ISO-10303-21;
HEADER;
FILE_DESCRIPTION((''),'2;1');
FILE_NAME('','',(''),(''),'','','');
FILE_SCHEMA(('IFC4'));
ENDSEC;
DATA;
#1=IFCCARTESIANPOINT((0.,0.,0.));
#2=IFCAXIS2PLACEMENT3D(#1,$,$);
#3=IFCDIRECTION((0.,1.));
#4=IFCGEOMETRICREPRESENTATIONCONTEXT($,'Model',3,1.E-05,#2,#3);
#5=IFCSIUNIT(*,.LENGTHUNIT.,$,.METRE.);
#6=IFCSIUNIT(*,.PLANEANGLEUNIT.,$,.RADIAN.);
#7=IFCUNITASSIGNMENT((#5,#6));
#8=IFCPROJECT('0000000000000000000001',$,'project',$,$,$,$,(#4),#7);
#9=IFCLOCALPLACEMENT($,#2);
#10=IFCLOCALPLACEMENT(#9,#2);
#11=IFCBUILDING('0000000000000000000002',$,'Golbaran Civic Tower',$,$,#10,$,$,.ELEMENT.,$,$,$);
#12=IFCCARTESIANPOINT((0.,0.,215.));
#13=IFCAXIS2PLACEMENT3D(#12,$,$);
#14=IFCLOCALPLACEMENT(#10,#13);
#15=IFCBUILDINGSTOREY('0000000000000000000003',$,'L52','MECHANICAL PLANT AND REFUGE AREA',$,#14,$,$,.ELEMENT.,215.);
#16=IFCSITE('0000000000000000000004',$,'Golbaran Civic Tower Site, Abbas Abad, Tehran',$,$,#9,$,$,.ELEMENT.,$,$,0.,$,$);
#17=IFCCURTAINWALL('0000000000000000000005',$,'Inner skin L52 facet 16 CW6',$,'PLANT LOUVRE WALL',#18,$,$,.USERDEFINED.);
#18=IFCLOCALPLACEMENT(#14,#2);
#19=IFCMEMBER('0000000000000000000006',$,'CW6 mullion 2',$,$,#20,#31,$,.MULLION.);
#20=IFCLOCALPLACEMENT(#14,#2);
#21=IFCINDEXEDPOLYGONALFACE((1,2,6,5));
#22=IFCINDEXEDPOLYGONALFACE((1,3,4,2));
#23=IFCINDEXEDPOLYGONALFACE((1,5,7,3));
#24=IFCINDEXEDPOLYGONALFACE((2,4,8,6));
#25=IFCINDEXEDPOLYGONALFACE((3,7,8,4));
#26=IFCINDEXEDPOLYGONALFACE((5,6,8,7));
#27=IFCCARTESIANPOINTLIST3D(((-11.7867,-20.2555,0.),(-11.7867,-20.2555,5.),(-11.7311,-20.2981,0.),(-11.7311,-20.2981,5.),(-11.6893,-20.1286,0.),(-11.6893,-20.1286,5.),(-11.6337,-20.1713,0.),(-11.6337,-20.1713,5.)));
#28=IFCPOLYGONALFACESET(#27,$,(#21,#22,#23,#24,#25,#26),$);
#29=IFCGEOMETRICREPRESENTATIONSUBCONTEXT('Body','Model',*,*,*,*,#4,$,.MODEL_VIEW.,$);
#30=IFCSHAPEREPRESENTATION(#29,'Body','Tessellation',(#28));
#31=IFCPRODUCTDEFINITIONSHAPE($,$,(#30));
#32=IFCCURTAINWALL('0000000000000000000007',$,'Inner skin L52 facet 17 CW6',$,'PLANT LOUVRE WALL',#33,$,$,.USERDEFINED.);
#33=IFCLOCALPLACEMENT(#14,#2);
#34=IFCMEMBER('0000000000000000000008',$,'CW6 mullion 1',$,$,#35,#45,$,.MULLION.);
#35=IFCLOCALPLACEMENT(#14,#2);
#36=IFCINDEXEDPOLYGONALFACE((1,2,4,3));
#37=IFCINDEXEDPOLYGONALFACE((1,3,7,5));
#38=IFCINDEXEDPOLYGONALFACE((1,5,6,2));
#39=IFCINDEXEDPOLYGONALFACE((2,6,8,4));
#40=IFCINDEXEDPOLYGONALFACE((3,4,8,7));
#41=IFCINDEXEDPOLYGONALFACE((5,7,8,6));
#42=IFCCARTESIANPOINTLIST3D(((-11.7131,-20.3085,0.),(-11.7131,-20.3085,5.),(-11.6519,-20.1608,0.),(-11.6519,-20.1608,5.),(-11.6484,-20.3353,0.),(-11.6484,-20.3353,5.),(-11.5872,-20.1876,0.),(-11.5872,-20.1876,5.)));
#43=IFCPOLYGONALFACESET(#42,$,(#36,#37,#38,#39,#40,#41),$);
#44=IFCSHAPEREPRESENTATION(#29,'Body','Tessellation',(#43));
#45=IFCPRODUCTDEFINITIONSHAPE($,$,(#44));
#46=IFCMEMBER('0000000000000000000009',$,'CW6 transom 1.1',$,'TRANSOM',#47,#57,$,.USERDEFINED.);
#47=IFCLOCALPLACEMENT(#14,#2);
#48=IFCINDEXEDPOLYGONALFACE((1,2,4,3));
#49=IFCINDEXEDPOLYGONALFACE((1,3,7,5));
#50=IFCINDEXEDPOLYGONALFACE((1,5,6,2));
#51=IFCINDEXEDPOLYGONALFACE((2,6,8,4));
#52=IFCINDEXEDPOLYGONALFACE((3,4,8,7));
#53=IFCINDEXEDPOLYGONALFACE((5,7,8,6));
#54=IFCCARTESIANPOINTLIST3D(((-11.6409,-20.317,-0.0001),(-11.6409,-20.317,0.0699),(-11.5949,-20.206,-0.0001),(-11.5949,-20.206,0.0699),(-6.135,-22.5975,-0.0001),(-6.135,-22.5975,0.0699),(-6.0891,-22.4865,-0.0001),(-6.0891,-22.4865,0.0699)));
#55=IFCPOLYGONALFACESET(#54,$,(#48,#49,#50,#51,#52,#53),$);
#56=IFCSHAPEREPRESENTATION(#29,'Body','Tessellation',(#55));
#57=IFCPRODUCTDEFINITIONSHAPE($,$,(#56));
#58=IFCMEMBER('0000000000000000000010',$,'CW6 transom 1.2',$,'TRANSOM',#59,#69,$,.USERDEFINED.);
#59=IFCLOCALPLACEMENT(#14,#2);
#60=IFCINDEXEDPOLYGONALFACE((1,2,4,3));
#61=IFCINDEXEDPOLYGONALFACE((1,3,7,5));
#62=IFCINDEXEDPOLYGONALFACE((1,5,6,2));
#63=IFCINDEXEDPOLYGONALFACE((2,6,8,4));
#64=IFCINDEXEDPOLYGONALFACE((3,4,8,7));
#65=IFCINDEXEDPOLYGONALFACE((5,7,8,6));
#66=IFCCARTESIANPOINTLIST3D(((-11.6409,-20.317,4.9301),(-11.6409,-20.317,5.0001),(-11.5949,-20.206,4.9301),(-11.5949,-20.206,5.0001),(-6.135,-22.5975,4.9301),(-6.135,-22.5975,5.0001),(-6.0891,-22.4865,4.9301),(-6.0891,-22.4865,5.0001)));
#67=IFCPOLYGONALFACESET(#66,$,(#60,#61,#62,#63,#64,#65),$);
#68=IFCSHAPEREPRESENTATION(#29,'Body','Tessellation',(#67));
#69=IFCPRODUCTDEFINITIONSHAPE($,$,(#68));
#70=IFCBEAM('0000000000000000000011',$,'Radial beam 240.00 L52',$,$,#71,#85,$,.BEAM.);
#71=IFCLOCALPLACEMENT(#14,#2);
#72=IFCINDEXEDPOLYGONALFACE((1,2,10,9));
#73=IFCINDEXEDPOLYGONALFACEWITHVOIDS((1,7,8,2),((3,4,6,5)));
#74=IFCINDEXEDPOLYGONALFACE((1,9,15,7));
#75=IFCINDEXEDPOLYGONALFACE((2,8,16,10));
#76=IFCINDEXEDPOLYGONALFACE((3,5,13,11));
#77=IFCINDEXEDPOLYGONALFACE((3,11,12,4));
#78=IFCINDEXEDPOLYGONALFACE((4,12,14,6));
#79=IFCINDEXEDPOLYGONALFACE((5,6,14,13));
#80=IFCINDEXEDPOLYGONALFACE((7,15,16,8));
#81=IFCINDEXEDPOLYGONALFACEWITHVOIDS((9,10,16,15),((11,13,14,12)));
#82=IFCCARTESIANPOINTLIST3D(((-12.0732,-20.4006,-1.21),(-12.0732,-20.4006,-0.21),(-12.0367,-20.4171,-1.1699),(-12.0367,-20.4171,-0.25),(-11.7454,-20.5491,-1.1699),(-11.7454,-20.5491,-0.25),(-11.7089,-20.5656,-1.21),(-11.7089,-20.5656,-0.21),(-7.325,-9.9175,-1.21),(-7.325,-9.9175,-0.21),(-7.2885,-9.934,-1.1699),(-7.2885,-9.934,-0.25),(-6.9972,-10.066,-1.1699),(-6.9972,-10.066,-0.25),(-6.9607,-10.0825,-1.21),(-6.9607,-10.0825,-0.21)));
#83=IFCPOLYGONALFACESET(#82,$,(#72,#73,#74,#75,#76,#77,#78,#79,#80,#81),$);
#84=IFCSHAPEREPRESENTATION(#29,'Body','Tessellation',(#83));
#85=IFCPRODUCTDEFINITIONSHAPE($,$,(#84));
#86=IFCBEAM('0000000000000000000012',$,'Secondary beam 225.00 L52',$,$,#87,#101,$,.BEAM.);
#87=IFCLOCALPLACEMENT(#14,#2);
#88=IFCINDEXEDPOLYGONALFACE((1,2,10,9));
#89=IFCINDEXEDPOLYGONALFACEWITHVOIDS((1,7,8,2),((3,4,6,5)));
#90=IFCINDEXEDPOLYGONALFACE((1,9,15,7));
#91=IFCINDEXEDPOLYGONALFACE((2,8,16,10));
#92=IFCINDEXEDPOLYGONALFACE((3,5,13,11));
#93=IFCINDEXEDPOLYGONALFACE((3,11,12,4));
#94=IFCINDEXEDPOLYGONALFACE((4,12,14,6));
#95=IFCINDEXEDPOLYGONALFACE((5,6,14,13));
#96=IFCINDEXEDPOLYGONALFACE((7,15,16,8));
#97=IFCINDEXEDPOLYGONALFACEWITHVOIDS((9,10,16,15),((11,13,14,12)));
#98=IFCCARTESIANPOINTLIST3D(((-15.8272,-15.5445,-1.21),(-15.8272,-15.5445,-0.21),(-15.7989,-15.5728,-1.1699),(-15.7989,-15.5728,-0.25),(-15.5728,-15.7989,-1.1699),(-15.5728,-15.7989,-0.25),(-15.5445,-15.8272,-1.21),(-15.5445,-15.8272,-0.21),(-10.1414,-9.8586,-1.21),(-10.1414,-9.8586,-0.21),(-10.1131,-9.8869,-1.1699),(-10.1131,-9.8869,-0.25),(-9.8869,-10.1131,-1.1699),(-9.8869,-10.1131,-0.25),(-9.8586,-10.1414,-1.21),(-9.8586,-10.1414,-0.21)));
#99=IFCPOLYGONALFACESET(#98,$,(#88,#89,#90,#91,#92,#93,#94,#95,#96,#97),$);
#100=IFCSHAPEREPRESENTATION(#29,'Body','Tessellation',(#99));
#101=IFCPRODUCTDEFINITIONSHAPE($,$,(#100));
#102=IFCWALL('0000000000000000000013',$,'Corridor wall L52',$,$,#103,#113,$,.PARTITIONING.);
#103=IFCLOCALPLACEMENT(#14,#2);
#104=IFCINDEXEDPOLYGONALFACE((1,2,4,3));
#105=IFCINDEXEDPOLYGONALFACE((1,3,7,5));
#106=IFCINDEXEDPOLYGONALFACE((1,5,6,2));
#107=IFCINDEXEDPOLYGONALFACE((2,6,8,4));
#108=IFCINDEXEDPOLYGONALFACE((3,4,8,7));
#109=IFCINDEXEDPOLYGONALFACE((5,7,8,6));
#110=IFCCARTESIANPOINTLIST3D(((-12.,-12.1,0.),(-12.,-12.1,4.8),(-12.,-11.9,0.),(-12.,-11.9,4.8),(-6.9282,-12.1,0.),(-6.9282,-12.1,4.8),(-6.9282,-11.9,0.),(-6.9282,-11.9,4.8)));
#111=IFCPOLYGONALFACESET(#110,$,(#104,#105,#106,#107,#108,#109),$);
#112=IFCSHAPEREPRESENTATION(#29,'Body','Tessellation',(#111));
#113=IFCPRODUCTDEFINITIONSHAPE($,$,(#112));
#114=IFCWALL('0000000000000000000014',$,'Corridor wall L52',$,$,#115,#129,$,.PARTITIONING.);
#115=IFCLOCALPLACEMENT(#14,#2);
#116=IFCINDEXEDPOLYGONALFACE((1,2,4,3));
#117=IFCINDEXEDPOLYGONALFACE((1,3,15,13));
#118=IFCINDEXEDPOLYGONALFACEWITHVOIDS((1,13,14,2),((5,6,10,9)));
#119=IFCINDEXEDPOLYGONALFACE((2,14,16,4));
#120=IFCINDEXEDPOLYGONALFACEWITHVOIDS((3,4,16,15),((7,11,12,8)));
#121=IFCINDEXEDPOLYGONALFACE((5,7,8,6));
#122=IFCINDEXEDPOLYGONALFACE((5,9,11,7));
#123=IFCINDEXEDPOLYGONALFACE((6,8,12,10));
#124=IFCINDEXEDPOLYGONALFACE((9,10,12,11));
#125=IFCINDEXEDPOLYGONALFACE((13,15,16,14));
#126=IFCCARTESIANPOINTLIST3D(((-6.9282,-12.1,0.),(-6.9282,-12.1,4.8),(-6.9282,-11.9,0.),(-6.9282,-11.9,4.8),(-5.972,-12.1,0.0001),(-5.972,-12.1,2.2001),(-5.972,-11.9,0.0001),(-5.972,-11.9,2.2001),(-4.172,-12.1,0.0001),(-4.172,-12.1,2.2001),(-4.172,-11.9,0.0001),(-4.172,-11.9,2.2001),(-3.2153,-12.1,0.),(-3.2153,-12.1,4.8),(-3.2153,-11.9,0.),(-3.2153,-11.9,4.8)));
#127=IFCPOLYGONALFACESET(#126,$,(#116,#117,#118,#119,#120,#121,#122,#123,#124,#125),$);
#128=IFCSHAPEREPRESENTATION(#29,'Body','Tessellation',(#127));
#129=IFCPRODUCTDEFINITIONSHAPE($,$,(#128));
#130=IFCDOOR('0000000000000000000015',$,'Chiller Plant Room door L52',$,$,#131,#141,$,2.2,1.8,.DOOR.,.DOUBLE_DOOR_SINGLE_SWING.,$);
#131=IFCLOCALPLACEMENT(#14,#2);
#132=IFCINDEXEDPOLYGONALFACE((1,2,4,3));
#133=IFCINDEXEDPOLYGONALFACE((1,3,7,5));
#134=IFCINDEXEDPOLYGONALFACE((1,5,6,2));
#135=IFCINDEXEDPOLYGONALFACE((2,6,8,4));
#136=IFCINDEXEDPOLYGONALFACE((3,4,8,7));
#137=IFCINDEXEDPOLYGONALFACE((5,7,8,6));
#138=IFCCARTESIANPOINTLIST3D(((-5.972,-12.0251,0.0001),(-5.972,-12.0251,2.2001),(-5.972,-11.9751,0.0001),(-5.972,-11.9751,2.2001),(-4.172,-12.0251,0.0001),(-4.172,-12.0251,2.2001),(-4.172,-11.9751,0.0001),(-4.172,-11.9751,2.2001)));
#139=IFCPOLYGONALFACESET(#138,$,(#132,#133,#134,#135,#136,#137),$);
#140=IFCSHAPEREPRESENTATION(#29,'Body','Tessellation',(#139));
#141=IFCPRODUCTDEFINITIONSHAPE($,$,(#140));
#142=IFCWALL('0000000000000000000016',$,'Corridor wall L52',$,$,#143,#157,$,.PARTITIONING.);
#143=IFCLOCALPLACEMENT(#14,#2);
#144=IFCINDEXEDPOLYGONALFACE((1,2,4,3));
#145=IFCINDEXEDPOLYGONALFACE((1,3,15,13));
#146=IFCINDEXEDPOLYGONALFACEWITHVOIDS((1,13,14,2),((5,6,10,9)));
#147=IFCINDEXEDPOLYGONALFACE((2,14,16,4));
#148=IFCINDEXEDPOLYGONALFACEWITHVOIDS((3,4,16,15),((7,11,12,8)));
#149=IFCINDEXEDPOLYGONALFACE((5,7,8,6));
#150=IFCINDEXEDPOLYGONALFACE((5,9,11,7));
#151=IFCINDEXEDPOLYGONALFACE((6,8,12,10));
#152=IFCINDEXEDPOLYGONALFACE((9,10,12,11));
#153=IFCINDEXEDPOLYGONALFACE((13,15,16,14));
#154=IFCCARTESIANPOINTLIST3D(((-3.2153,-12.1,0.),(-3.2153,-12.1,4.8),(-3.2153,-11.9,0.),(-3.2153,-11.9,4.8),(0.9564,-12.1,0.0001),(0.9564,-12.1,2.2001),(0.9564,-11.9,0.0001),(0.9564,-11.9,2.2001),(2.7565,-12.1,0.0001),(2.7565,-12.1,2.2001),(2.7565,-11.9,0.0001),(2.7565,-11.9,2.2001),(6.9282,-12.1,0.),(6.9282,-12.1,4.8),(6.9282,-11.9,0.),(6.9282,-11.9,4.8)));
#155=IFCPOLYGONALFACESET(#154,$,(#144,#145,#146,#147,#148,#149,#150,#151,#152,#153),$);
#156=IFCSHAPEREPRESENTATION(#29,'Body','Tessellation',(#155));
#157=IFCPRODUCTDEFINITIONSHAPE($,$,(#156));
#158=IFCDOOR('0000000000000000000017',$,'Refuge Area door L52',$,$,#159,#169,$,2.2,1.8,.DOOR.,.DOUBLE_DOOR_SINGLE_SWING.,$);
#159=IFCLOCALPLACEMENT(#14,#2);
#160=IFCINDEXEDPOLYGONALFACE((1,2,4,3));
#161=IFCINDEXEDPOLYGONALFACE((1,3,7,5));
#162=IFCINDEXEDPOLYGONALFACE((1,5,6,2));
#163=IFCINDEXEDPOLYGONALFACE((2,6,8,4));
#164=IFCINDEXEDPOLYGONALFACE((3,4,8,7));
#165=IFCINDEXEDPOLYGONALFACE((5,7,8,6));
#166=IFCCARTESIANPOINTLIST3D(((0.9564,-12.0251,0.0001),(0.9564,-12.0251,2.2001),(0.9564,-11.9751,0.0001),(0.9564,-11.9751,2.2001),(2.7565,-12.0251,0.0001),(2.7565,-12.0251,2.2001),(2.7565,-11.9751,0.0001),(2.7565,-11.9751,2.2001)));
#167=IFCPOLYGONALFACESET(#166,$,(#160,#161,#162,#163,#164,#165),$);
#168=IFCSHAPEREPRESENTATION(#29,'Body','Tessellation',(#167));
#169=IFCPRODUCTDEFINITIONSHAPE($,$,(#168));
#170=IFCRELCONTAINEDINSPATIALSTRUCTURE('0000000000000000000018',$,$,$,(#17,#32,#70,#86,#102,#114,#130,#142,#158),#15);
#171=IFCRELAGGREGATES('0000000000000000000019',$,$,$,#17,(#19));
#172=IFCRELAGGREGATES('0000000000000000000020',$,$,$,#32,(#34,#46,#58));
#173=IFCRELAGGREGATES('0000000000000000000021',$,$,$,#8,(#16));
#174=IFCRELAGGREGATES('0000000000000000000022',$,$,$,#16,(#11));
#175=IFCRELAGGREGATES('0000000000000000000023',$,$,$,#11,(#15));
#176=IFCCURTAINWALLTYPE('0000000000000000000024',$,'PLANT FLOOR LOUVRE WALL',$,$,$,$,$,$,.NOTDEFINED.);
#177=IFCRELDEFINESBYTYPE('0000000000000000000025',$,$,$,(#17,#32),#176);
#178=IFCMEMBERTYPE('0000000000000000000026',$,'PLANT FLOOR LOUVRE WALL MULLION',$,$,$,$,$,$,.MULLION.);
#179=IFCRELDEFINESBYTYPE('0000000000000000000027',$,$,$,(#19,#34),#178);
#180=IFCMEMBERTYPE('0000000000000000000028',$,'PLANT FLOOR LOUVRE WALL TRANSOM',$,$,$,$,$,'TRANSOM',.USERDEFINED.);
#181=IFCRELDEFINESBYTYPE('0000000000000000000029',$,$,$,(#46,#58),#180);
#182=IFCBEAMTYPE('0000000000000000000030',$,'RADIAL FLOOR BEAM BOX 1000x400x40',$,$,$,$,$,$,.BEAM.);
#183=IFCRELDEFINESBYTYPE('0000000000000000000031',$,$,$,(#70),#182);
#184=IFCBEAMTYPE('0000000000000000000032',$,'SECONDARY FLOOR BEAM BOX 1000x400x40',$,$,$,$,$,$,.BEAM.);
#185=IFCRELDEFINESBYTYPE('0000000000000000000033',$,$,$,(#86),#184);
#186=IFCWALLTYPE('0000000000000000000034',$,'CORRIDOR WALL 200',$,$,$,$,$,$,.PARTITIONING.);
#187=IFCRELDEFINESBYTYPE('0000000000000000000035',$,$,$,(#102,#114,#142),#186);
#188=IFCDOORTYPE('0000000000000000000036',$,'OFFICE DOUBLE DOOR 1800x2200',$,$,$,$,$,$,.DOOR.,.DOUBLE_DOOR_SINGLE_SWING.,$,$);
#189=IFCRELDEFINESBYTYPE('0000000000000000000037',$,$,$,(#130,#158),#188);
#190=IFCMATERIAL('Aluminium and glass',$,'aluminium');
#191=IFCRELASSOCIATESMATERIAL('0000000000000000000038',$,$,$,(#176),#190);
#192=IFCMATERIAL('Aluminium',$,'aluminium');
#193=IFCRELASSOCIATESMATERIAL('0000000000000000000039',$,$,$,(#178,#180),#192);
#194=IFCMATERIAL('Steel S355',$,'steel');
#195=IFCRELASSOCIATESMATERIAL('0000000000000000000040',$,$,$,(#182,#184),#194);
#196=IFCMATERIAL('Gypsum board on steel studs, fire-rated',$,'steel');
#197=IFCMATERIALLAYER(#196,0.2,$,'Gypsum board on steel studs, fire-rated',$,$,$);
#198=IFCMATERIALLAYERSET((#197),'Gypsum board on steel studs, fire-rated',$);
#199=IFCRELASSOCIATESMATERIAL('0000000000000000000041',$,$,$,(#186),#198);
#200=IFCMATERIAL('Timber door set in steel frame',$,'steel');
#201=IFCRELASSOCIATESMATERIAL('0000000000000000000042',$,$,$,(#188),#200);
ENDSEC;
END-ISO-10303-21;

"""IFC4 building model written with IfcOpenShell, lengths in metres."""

from ifc_helpers import new_model, si_unit, direction, frame, frame_2d, origin, origin_2d, place, context, subcontext, project, spatial, rectangle, hollow_rectangle, extrude, material, layer, layer_set, material_profile, profile_set, type_object, element, fill, aggregate, save


model = new_model("IFC4")

# Units and contexts
model_context = context("Model", 3, precision=1e-05, world=origin(), true_north=direction((0.0, 1.0)))
body_context = subcontext(model_context, "Body", "Model", "MODEL_VIEW")
ifc_project = project(units=[si_unit("LENGTHUNIT", "METRE"), si_unit("PLANEANGLEUNIT", "RADIAN")], contexts=[model_context])

# Site, building, storey
site_placement = place(None, origin())
site = spatial("IfcSite", under=ifc_project, at=site_placement, Name="Golbaran Civic Tower Site, Abbas Abad, Tehran", CompositionType="ELEMENT", RefElevation=0.0)
building_placement = place(site_placement, origin())
building = spatial("IfcBuilding", under=site, at=building_placement, Name="Golbaran Civic Tower", CompositionType="ELEMENT")
storey_placement = place(building_placement, frame((0.0, 0.0, 215.0)))
storey = spatial("IfcBuildingStorey", under=building, at=storey_placement, Name="L52", Description="MECHANICAL PLANT AND REFUGE AREA", CompositionType="ELEMENT", Elevation=215.0)

# Shared definitions
ifc_material_1 = material(Name="Steel S355", Category="steel")

# Curtain wall, member
ifc_material_2 = material(Name="Aluminium and glass", Category="aluminium")
curtain_wall_type = type_object("IfcCurtainWallType", Name="PLANT FLOOR LOUVRE WALL", PredefinedType="NOTDEFINED", material=ifc_material_2)
curtain_wall_1_placement = place(storey_placement, origin())
curtain_wall_1 = element("IfcCurtainWall", 1, at=curtain_wall_1_placement, inside=storey, type_object=curtain_wall_type, Name="Inner skin L52 facet 16 CW6", ObjectType="PLANT LOUVRE WALL", PredefinedType="USERDEFINED")
ifc_material_3 = material(Name="Aluminium", Category="aluminium")
ifc_material_profile_1 = material_profile(ifc_material_3, rectangle(XDim=0.1599, YDim=0.0701, at=origin_2d()), Name="PLANT FLOOR LOUVRE WALL MULLION")
ifc_profile_set_1 = profile_set([ifc_material_profile_1], Name="Aluminium")
member_type_1 = type_object("IfcMemberType", Name="PLANT FLOOR LOUVRE WALL MULLION", PredefinedType="MULLION", material=ifc_profile_set_1)
member_1_placement = place(storey_placement, frame((-11.7102, -20.2134, 0.0), z_axis=(0.0, 0.0, 1.0), x_axis=(0.608761, 0.793353, 0.0)))
member_1 = element("IfcMember", 2, at=member_1_placement, type_object=member_type_1, Name="CW6 mullion 2", PredefinedType="MULLION", context=body_context, shape_type="SweptSolid", body=[
    extrude(rectangle(XDim=0.1599, YDim=0.0701, at=origin_2d()), origin(), (0.0, 0.0, 1.0), 5.0),
])
aggregate(curtain_wall_1, [member_1])

# Curtain wall, members
curtain_wall_2_placement = place(storey_placement, origin())
curtain_wall_2 = element("IfcCurtainWall", 3, at=curtain_wall_2_placement, inside=storey, type_object=curtain_wall_type, Name="Inner skin L52 facet 17 CW6", ObjectType="PLANT LOUVRE WALL", PredefinedType="USERDEFINED")
member_2_placement = place(storey_placement, frame((-11.6501, -20.248, 0.0), z_axis=(0.0, 0.0, 1.0), x_axis=(0.382683, 0.92388, 0.0)))
member_2 = element("IfcMember", 4, at=member_2_placement, type_object=member_type_1, Name="CW6 mullion 1", PredefinedType="MULLION", context=body_context, shape_type="SweptSolid", body=[
    extrude(rectangle(XDim=0.1599, YDim=0.0701, at=origin_2d()), origin(), (0.0, 0.0, 1.0), 5.0),
])
ifc_material_profile_2 = material_profile(ifc_material_3, rectangle(XDim=0.1201, YDim=0.0701, at=origin_2d()), Name="PLANT FLOOR LOUVRE WALL TRANSOM")
ifc_profile_set_2 = profile_set([ifc_material_profile_2], Name="Aluminium")
member_type_2 = type_object("IfcMemberType", Name="PLANT FLOOR LOUVRE WALL TRANSOM", ElementType="TRANSOM", PredefinedType="USERDEFINED", material=ifc_profile_set_2)
member_3_placement = place(storey_placement, frame((-11.6179, -20.2615, 0.0349), z_axis=(0.923885, -0.382671, 0.0), x_axis=(0.382671, 0.923885, 0.0)))
member_3 = element("IfcMember", 5, at=member_3_placement, type_object=member_type_2, Name="CW6 transom 1.1", ObjectType="TRANSOM", PredefinedType="USERDEFINED", context=body_context, shape_type="SweptSolid", body=[
    extrude(rectangle(XDim=0.1201, YDim=0.0701, at=origin_2d()), origin(), (0.0, 0.0, 1.0), 5.9595),
])
member_4_placement = place(storey_placement, frame((-11.6179, -20.2615, 4.9651), z_axis=(0.923885, -0.382671, 0.0), x_axis=(0.382671, 0.923885, 0.0)))
member_4 = element("IfcMember", 6, at=member_4_placement, type_object=member_type_2, Name="CW6 transom 1.2", ObjectType="TRANSOM", PredefinedType="USERDEFINED", context=body_context, shape_type="SweptSolid", body=[
    extrude(rectangle(XDim=0.1201, YDim=0.0701, at=origin_2d()), origin(), (0.0, 0.0, 1.0), 5.9595),
])
aggregate(curtain_wall_2, [member_2, member_3, member_4])

# Beams
ifc_material_profile_3 = material_profile(ifc_material_1, hollow_rectangle(XDim=0.3999, YDim=1.0, WallThickness=0.04, at=origin_2d()), Name="BOX 1000x400x40")
ifc_profile_set_3 = profile_set([ifc_material_profile_3], Name="Steel S355")
beam_type_1 = type_object("IfcBeamType", Name="RADIAL FLOOR BEAM BOX 1000x400x40", PredefinedType="BEAM", material=ifc_profile_set_3)
beam_1_placement = place(storey_placement, frame((-7.1428, -10.0, -0.71), z_axis=(-0.412594, -0.910915, 0.0), x_axis=(0.910915, -0.412594, 0.0)))
element("IfcBeam", 7, at=beam_1_placement, inside=storey, type_object=beam_type_1, Name="Radial beam 240.00 L52", PredefinedType="BEAM", context=body_context, shape_type="SweptSolid", body=[
    extrude(hollow_rectangle(XDim=0.3999, YDim=1.0, WallThickness=0.04, at=origin_2d()), origin(), (0.0, 0.0, 1.0), 11.5083),
])
ifc_material_profile_4 = material_profile(ifc_material_1, hollow_rectangle(XDim=0.3999, YDim=1.0, WallThickness=0.04, at=origin_2d()), Name="BOX 1000x400x40")
ifc_profile_set_4 = profile_set([ifc_material_profile_4], Name="Steel S355")
beam_type_2 = type_object("IfcBeamType", Name="SECONDARY FLOOR BEAM BOX 1000x400x40", PredefinedType="BEAM", material=ifc_profile_set_4)
beam_2_placement = place(storey_placement, frame((-10.0, -10.0, -0.71), z_axis=(-0.707107, -0.707107, 0.0), x_axis=(0.707107, -0.707107, 0.0)))
element("IfcBeam", 8, at=beam_2_placement, inside=storey, type_object=beam_type_2, Name="Secondary beam 225.00 L52", PredefinedType="BEAM", context=body_context, shape_type="SweptSolid", body=[
    extrude(hollow_rectangle(XDim=0.3999, YDim=1.0, WallThickness=0.04, at=origin_2d()), origin(), (0.0, 0.0, 1.0), 8.041),
])

# Wall
ifc_material_4 = material(Name="Gypsum board on steel studs, fire-rated", Category="steel")
ifc_layer_1 = layer(ifc_material_4, 0.2, Name="Gypsum board on steel studs, fire-rated")
ifc_layer_set_1 = layer_set([ifc_layer_1], Name="Gypsum board on steel studs, fire-rated")
wall_type_1 = type_object("IfcWallType", Name="CORRIDOR WALL 200", PredefinedType="PARTITIONING", material=ifc_layer_set_1)
wall_1_placement = place(storey_placement, frame((-12.0, -12.0, 0.0), z_axis=(0.0, 0.0, 1.0), x_axis=(1.0, 0.0, 0.0)))
element("IfcWall", 9, at=wall_1_placement, inside=storey, type_object=wall_type_1, Name="Corridor wall L52", PredefinedType="PARTITIONING", context=body_context, shape_type="SweptSolid", body=[
    extrude(rectangle(XDim=5.0718, YDim=0.2, at=frame_2d((2.5359, 0.0))), origin(), (0.0, 0.0, 1.0), 4.8),
])

# Walls, openings, doors
wall_2_placement = place(storey_placement, frame((-6.9282, -12.0, 0.0), z_axis=(0.0, 0.0, 1.0), x_axis=(1.0, 0.0, 0.0)))
wall_2 = element("IfcWall", 10, at=wall_2_placement, inside=storey, type_object=wall_type_1, Name="Corridor wall L52", PredefinedType="PARTITIONING", context=body_context, shape_type="SweptSolid", body=[
    extrude(rectangle(XDim=3.7129, YDim=0.2, at=frame_2d((1.8564, 0.0))), origin(), (0.0, 0.0, 1.0), 4.8),
])
opening_1_placement = place(wall_2_placement, frame((0.9563, 0.0, 0.0)))
opening_1 = element("IfcOpeningElement", 11, at=opening_1_placement, cuts=wall_2, PredefinedType="OPENING", context=body_context, shape_type="SweptSolid", body=[
    extrude(rectangle(XDim=1.8, YDim=2.2, at=frame_2d((0.8999, 1.1001))), frame((0.0, 0.1099, 0.0), z_axis=(0.0, -1.0, 0.0), x_axis=(1.0, 0.0, 0.0)), (0.0, 0.0, 1.0), 0.22),
])
ifc_material_5 = material(Name="Timber door set in steel frame", Category="steel")
door_type = type_object("IfcDoorType", Name="OFFICE DOUBLE DOOR 1800x2200", OperationType="DOUBLE_DOOR_SINGLE_SWING", PredefinedType="DOOR", material=ifc_material_5)
door_1_placement = place(opening_1_placement, origin())
door_1 = element("IfcDoor", 12, at=door_1_placement, inside=storey, type_object=door_type, Name="Chiller Plant Room door L52", OperationType="DOUBLE_DOOR_SINGLE_SWING", OverallHeight=2.2, OverallWidth=1.8, PredefinedType="DOOR", context=body_context, shape_type="SweptSolid", body=[
    extrude(rectangle(XDim=1.8, YDim=2.2, at=frame_2d((0.8999, 1.1001))), frame((0.0, 0.0249, 0.0), z_axis=(0.0, -1.0, 0.0), x_axis=(1.0, 0.0, 0.0)), (0.0, 0.0, 1.0), 0.05),
])
fill(opening_1, door_1)
wall_3_placement = place(storey_placement, frame((-3.2153, -12.0, 0.0), z_axis=(0.0, 0.0, 1.0), x_axis=(1.0, 0.0, 0.0)))
wall_3 = element("IfcWall", 13, at=wall_3_placement, inside=storey, type_object=wall_type_1, Name="Corridor wall L52", PredefinedType="PARTITIONING", context=body_context, shape_type="SweptSolid", body=[
    extrude(rectangle(XDim=10.1436, YDim=0.2, at=frame_2d((5.0718, 0.0))), origin(), (0.0, 0.0, 1.0), 4.8),
])
opening_2_placement = place(wall_3_placement, frame((4.1719, 0.0, 0.0)))
opening_2 = element("IfcOpeningElement", 14, at=opening_2_placement, cuts=wall_3, PredefinedType="OPENING", context=body_context, shape_type="SweptSolid", body=[
    extrude(rectangle(XDim=1.8, YDim=2.2, at=frame_2d((0.8999, 1.1001))), frame((0.0, 0.1099, 0.0), z_axis=(0.0, -1.0, 0.0), x_axis=(1.0, 0.0, 0.0)), (0.0, 0.0, 1.0), 0.22),
])
door_2_placement = place(opening_2_placement, origin())
door_2 = element("IfcDoor", 15, at=door_2_placement, inside=storey, type_object=door_type, Name="Refuge Area door L52", OperationType="DOUBLE_DOOR_SINGLE_SWING", OverallHeight=2.2, OverallWidth=1.8, PredefinedType="DOOR", context=body_context, shape_type="SweptSolid", body=[
    extrude(rectangle(XDim=1.8, YDim=2.2, at=frame_2d((0.8999, 1.1001))), frame((0.0, 0.0249, 0.0), z_axis=(0.0, -1.0, 0.0), x_axis=(1.0, 0.0, 0.0)), (0.0, 0.0, 1.0), 0.05),
])
fill(opening_2, door_2)

save(model, "model.ifc")
